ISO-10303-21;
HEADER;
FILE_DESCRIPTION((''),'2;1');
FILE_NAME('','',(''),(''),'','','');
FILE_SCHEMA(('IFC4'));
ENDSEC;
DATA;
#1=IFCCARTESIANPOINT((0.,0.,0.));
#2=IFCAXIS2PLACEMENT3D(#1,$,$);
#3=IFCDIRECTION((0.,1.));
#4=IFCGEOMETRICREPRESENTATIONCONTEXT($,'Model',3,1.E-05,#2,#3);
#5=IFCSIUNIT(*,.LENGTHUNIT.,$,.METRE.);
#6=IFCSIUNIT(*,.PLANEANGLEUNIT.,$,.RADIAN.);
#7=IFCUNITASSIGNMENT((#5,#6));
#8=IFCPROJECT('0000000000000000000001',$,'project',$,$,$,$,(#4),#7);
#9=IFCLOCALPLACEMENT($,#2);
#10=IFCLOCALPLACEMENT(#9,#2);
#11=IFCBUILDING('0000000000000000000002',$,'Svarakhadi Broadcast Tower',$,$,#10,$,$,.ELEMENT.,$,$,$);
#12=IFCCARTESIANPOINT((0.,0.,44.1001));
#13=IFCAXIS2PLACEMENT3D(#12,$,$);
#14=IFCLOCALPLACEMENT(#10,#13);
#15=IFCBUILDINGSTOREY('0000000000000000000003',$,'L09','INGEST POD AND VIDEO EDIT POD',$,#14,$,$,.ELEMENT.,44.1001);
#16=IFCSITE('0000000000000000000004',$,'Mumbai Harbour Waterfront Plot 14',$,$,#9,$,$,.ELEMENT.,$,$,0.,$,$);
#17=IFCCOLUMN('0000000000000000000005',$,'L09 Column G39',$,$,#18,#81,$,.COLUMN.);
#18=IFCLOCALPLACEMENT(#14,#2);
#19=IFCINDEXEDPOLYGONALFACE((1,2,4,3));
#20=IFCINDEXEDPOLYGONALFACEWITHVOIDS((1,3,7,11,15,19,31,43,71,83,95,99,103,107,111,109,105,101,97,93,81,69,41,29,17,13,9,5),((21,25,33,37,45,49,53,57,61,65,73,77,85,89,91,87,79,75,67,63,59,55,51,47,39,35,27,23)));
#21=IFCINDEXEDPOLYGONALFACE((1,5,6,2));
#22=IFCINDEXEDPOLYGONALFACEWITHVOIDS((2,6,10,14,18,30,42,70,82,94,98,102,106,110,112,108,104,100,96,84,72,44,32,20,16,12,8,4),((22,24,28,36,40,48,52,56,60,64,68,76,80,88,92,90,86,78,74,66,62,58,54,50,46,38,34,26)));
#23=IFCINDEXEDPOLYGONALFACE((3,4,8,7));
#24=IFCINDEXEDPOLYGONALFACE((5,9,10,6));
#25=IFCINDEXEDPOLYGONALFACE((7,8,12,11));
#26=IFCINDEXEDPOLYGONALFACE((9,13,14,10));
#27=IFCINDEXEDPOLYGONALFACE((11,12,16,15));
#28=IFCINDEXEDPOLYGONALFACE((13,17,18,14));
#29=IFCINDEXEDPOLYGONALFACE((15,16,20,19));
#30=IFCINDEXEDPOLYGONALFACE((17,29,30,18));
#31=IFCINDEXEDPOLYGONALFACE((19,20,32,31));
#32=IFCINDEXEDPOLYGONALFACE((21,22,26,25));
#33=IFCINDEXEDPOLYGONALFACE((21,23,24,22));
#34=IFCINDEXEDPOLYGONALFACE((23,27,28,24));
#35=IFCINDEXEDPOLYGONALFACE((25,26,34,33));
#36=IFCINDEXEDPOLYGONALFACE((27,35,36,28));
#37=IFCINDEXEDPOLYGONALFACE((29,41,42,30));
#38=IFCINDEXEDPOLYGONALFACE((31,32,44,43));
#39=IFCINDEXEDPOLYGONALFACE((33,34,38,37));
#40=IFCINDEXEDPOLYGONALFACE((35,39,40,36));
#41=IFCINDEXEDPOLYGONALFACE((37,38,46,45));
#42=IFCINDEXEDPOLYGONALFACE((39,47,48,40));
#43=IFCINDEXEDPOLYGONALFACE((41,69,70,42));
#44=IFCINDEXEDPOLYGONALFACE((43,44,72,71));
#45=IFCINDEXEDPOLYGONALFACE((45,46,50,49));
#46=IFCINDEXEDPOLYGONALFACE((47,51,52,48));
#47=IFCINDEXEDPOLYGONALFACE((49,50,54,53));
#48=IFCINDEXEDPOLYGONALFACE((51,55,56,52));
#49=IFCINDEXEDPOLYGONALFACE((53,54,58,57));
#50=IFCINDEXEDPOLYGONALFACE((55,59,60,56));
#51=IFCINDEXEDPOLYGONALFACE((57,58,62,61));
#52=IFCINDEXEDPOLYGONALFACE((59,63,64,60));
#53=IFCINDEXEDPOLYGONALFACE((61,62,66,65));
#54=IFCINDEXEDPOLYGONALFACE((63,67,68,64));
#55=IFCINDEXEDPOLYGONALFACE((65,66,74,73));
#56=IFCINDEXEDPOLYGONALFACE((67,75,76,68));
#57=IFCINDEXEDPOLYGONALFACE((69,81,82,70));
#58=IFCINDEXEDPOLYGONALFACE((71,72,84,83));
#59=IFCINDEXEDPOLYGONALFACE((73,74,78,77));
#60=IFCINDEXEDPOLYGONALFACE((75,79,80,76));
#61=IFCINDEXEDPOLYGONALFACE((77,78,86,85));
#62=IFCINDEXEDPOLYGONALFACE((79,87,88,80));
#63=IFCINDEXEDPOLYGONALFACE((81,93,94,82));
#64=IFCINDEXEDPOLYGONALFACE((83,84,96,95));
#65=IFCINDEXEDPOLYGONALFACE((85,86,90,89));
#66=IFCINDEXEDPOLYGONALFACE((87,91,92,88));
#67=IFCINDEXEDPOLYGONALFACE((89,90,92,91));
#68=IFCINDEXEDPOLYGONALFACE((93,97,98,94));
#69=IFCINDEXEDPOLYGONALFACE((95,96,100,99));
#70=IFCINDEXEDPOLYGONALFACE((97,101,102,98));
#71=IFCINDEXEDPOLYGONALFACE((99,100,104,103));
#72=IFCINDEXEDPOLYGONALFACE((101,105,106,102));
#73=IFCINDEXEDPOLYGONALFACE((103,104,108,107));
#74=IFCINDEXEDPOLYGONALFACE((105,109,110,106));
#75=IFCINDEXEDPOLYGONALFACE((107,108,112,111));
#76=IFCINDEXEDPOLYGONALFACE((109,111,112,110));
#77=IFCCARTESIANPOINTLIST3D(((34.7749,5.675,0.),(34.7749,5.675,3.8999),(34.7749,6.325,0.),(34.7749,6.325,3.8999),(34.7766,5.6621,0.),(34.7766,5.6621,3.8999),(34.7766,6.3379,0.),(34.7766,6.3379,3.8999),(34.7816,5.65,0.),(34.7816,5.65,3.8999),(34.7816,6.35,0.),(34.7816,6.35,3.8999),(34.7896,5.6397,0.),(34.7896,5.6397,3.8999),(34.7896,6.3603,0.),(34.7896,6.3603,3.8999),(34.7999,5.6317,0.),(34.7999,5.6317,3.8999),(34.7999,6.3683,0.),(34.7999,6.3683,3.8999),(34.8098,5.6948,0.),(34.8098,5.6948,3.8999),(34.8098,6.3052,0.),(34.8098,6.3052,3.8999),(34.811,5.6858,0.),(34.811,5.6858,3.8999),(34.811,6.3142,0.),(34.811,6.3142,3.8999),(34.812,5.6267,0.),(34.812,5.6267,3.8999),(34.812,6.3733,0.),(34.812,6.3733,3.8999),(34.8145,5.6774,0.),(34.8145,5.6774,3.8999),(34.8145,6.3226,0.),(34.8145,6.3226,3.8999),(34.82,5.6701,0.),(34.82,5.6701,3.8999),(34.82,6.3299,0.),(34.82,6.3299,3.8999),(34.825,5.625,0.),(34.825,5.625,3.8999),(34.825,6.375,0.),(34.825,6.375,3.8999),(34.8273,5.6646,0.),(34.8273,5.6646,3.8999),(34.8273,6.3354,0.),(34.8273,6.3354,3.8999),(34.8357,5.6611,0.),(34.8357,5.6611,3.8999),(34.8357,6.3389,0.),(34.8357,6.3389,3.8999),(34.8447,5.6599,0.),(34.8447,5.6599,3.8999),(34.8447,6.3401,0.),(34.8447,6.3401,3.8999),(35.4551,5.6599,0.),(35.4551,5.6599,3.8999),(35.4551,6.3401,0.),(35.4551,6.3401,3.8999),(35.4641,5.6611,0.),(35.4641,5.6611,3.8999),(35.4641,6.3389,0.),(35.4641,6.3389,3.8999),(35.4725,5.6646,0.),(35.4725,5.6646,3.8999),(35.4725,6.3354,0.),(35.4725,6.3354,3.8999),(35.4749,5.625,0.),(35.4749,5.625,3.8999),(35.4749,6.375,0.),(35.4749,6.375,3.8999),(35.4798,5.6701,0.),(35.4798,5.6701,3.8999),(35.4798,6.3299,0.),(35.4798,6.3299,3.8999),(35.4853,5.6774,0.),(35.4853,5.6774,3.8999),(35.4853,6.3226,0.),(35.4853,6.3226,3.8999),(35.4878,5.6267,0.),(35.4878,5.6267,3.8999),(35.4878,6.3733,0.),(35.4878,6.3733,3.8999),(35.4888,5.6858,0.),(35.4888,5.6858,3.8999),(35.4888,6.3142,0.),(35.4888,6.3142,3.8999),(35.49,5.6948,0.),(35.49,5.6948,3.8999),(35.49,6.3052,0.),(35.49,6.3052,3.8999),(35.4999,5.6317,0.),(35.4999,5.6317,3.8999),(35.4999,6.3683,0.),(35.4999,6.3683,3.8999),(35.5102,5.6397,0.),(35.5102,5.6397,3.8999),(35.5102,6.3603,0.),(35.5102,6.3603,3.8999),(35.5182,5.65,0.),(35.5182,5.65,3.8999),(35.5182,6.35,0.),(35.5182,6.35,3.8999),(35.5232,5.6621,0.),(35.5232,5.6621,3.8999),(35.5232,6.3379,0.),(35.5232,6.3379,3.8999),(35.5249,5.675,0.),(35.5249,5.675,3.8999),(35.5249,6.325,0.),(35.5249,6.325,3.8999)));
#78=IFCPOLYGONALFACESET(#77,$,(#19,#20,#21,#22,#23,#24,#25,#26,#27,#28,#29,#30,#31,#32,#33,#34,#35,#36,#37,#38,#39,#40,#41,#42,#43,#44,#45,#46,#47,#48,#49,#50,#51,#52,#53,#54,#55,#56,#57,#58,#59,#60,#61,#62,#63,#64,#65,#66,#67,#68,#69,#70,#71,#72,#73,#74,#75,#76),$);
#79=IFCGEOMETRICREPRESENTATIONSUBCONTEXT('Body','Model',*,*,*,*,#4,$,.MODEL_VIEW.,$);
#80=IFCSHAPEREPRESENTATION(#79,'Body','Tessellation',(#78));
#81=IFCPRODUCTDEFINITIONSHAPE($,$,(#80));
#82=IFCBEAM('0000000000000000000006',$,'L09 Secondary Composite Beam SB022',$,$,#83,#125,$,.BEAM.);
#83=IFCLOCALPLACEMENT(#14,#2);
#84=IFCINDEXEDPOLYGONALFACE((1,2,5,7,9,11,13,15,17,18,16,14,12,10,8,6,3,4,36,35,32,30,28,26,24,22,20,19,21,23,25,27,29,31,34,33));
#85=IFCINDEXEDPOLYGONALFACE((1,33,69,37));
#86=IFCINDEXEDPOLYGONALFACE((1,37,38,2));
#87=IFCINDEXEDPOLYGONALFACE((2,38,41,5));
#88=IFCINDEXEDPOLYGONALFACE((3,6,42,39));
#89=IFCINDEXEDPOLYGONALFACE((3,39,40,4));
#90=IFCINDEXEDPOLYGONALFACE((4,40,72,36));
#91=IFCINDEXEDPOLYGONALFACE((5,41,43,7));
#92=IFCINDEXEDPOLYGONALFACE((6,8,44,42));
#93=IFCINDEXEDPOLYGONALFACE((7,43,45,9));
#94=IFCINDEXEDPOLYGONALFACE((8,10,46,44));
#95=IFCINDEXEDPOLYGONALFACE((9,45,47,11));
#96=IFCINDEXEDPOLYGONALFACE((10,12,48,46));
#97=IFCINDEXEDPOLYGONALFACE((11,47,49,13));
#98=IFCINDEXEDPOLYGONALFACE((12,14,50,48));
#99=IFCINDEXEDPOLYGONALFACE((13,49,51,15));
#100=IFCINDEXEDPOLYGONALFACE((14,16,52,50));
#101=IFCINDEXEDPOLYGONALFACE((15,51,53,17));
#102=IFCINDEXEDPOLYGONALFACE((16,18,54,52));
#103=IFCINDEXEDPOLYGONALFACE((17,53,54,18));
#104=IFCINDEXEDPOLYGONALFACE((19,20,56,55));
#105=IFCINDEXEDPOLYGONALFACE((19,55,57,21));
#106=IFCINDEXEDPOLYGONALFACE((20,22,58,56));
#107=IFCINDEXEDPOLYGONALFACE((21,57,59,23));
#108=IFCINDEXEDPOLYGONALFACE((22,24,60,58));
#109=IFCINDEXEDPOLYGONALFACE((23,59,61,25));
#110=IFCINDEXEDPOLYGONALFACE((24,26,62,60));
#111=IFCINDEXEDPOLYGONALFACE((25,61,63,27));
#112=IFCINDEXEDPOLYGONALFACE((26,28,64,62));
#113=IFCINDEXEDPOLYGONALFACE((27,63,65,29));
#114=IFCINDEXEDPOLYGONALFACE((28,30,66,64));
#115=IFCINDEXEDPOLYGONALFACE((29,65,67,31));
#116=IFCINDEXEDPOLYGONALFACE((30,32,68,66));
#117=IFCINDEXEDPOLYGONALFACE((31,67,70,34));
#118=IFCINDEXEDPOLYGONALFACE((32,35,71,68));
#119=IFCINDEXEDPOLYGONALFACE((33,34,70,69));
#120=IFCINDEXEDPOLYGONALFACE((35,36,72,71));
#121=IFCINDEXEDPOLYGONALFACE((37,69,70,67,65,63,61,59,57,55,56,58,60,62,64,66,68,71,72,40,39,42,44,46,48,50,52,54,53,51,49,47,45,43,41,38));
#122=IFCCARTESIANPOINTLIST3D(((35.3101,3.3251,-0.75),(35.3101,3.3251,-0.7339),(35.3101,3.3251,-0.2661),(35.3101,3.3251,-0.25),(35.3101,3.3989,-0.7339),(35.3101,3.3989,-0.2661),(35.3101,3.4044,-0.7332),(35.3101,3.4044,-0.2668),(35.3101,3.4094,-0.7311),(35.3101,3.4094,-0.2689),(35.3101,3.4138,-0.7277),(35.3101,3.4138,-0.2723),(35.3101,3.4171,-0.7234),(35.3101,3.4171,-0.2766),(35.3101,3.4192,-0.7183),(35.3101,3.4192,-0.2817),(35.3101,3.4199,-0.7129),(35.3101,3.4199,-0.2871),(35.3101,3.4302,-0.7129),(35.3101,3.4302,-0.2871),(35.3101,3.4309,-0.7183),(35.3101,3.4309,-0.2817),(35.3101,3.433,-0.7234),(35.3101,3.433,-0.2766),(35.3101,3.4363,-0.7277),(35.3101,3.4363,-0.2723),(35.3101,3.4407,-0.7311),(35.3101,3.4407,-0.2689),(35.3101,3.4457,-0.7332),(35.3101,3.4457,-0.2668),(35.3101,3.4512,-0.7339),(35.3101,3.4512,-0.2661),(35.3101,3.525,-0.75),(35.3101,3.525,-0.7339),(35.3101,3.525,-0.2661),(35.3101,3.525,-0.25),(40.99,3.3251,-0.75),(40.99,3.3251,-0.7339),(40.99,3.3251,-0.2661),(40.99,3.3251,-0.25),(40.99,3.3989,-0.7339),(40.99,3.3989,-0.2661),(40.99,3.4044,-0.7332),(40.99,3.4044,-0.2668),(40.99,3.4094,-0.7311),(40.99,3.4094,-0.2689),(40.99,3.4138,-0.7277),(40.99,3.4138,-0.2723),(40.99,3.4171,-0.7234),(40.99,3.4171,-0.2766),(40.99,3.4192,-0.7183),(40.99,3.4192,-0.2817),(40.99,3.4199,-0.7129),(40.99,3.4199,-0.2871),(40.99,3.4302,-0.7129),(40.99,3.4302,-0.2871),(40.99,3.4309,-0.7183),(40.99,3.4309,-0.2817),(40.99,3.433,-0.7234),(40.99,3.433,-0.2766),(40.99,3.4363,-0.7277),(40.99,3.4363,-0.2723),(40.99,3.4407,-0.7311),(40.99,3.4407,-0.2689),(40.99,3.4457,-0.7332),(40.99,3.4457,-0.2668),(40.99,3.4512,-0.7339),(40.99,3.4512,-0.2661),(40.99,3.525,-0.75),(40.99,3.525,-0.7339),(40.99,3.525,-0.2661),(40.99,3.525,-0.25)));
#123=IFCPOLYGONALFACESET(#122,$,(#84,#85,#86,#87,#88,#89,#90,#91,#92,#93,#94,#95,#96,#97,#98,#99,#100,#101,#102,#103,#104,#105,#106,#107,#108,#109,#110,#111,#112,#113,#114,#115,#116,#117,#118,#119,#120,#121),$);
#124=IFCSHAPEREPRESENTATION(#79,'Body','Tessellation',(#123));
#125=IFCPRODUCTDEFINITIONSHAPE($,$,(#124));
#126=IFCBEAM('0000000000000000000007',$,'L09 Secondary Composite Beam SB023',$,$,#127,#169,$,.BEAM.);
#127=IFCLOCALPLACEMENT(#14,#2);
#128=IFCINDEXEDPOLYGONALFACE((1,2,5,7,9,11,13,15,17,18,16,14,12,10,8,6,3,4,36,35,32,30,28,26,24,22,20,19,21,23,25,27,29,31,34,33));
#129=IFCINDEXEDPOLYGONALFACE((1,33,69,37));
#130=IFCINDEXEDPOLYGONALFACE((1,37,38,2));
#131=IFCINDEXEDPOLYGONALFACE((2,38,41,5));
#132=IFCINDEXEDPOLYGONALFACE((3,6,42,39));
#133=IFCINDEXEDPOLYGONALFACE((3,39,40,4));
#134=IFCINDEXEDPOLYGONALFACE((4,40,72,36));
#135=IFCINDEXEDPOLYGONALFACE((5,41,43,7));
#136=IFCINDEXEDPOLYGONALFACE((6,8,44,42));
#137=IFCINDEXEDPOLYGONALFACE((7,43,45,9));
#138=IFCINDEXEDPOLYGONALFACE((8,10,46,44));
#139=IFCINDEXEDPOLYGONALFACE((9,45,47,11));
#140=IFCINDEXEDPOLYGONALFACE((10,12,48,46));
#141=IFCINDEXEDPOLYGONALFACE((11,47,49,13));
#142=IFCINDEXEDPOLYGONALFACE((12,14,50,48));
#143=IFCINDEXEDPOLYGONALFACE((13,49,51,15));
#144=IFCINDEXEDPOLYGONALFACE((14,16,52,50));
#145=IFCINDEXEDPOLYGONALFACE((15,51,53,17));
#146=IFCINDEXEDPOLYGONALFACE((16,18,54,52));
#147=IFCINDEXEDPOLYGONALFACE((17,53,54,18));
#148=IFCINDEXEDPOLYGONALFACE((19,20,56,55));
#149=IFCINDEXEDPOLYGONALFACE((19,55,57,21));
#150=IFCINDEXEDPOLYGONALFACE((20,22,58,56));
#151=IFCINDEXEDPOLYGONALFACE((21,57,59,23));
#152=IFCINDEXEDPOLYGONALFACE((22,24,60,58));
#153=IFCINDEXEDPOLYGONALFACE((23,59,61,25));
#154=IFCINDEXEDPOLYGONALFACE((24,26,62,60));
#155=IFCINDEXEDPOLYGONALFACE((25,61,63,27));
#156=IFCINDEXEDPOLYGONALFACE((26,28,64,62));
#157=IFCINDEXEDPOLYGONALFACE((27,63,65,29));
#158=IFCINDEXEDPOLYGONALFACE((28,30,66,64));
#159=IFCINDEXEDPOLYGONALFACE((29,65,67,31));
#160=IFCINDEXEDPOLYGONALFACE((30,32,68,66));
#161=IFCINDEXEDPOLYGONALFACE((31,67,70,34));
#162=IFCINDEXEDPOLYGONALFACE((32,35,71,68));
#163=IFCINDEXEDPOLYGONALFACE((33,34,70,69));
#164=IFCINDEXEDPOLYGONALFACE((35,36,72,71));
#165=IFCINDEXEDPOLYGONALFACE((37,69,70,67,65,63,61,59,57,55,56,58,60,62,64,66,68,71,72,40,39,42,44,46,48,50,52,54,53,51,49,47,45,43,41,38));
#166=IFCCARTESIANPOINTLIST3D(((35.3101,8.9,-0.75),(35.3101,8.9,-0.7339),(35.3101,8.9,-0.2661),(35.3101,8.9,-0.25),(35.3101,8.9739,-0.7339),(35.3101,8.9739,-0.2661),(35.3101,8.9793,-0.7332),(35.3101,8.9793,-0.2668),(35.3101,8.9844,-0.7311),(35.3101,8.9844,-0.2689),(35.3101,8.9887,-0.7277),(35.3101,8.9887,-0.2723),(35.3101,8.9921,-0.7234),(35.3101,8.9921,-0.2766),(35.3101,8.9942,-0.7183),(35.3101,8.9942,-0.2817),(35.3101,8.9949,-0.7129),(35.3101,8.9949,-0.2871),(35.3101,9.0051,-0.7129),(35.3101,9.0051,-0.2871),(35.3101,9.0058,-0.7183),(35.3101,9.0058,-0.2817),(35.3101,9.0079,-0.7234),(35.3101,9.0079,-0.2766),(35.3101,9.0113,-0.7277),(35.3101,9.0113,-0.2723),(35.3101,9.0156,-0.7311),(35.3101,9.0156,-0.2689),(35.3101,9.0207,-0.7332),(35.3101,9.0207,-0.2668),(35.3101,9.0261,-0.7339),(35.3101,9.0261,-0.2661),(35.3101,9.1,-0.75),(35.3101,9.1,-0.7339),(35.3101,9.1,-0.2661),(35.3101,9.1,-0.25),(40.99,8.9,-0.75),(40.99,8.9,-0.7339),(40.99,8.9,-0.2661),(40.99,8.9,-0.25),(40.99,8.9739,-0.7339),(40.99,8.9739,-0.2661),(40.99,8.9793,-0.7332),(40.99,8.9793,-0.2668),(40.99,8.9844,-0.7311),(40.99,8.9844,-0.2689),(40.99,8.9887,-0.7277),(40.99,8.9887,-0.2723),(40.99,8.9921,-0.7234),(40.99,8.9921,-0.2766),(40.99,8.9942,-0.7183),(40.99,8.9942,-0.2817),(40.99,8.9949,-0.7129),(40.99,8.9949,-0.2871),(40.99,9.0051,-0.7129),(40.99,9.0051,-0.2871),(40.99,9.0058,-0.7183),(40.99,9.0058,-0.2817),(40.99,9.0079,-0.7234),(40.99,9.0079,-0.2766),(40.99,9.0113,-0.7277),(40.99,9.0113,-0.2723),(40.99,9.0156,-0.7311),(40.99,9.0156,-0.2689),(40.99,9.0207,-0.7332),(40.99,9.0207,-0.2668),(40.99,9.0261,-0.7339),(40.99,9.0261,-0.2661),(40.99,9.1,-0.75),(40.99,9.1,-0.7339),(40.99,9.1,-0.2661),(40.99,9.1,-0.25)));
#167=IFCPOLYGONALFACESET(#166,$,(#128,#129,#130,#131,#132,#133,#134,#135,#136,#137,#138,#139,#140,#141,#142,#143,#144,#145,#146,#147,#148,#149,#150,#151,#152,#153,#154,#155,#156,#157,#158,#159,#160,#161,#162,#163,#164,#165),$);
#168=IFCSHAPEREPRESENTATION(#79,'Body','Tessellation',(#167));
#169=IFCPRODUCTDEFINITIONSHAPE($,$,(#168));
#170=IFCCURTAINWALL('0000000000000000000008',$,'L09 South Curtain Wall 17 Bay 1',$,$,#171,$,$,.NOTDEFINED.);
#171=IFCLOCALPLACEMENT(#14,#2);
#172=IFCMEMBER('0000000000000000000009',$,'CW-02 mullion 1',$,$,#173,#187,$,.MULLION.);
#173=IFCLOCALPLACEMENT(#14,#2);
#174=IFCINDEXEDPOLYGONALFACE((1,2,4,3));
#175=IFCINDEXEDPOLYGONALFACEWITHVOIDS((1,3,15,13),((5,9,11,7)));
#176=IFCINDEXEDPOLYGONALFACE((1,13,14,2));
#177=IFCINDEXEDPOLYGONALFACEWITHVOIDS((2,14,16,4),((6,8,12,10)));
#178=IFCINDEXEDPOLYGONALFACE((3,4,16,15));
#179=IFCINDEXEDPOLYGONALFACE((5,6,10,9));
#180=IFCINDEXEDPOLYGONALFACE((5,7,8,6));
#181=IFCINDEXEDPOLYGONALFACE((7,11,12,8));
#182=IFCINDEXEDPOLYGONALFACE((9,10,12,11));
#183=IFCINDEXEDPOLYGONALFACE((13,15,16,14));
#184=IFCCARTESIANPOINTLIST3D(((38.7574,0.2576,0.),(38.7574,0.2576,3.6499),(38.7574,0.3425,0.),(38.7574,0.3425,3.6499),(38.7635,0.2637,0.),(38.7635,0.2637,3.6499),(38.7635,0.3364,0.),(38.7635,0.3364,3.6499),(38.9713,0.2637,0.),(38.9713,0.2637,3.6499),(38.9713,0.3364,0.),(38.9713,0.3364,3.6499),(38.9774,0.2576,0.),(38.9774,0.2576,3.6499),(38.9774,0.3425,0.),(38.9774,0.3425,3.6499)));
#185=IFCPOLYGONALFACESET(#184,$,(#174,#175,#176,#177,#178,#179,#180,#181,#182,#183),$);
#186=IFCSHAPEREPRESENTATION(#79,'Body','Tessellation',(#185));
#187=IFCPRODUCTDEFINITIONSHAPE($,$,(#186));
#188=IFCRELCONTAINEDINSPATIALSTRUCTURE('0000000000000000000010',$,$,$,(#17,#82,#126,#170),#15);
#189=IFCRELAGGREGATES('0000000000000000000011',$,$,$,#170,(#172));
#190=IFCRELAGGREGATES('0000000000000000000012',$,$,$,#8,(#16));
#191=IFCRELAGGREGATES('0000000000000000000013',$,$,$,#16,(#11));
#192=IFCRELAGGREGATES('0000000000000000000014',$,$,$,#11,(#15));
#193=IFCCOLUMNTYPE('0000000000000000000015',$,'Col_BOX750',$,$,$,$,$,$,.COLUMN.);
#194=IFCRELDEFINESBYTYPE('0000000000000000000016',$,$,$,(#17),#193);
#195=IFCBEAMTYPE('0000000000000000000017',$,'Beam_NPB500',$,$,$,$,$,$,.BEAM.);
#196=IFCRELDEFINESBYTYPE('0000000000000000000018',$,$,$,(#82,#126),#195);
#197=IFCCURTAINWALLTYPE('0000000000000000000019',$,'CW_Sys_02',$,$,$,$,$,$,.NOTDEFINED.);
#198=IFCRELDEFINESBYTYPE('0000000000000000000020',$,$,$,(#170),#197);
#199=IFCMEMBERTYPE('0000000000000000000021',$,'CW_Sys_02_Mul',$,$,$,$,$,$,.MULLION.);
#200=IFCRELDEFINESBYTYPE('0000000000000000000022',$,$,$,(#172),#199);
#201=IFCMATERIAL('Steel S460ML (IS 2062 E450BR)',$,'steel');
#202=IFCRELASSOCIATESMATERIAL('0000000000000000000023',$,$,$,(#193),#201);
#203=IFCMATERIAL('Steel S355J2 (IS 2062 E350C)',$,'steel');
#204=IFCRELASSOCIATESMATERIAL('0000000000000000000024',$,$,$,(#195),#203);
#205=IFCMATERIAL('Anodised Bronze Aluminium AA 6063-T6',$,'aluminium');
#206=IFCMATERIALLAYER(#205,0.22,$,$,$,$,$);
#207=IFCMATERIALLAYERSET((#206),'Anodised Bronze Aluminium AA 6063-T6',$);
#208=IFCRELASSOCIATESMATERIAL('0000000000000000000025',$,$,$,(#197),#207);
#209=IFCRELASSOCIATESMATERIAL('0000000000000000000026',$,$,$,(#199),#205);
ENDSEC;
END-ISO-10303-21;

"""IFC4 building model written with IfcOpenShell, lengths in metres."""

from ifc_helpers import new_model, si_unit, direction, frame, origin, origin_2d, place, context, subcontext, project, spatial, hollow_rectangle, i_section, extrude, material, layer, layer_set, material_profile, profile_set, type_object, element, aggregate, save


model = new_model("IFC4")

# Units and contexts
model_context = context("Model", 3, precision=1e-05, world=origin(), true_north=direction((0.0, 1.0)))
body_context = subcontext(model_context, "Body", "Model", "MODEL_VIEW")
ifc_project = project(units=[si_unit("LENGTHUNIT", "METRE"), si_unit("PLANEANGLEUNIT", "RADIAN")], contexts=[model_context])

# Site, building, storey
site_placement = place(None, origin())
site = spatial("IfcSite", under=ifc_project, at=site_placement, Name="Mumbai Harbour Waterfront Plot 14", CompositionType="ELEMENT", RefElevation=0.0)
building_placement = place(site_placement, origin())
building = spatial("IfcBuilding", under=site, at=building_placement, Name="Svarakhadi Broadcast Tower", CompositionType="ELEMENT")
storey_placement = place(building_placement, frame((0.0, 0.0, 44.1001)))
storey = spatial("IfcBuildingStorey", under=building, at=storey_placement, Name="L09", Description="INGEST POD AND VIDEO EDIT POD", CompositionType="ELEMENT", Elevation=44.1001)

# Column
ifc_material_1 = material(Name="Steel S460ML (IS 2062 E450BR)", Category="steel")
ifc_material_profile_1 = material_profile(ifc_material_1, hollow_rectangle(XDim=0.75, YDim=0.75, WallThickness=0.0349, InnerFilletRadius=0.0349, OuterFilletRadius=0.05, at=origin_2d()), Name="BOX 750x750x35")
ifc_profile_set_1 = profile_set([ifc_material_profile_1], Name="Steel S460ML (IS 2062 E450BR)")
column_type = type_object("IfcColumnType", Name="Col_BOX750", PredefinedType="COLUMN", material=ifc_profile_set_1)
column_placement = place(storey_placement, frame((35.1499, 6.0, 0.0), z_axis=(0.0, 0.0, 1.0), x_axis=(1.0, 0.0, 0.0)))
element("IfcColumn", 1, at=column_placement, inside=storey, type_object=column_type, Name="L09 Column G39", PredefinedType="COLUMN", context=body_context, shape_type="SweptSolid", body=[
    extrude(hollow_rectangle(XDim=0.75, YDim=0.75, WallThickness=0.0349, InnerFilletRadius=0.0349, OuterFilletRadius=0.05, at=origin_2d()), origin(), (0.0, 0.0, 1.0), 3.8999),
])

# Beams
ifc_material_2 = material(Name="Steel S355J2 (IS 2062 E350C)", Category="steel")
ifc_material_profile_2 = material_profile(ifc_material_2, i_section(OverallWidth=0.2, OverallDepth=0.5, WebThickness=0.0103, FlangeThickness=0.0161, FilletRadius=0.021, at=origin_2d()), Name="NPB 500x200x91")
ifc_profile_set_2 = profile_set([ifc_material_profile_2], Name="Steel S355J2 (IS 2062 E350C)")
beam_type_1 = type_object("IfcBeamType", Name="Beam_NPB500", PredefinedType="BEAM", material=ifc_profile_set_2)
for number, where, z_axis, x_axis, name in (
    (2, (35.3101, 3.425, -0.5), (1.0, 0.0, 0.0), (0.0, 1.0, 0.0), "L09 Secondary Composite Beam SB022"),
    (3, (35.3101, 9.0, -0.5), (1.0, 0.0, 0.0), (0.0, 1.0, 0.0), "L09 Secondary Composite Beam SB023"),
):
    element("IfcBeam", number, at=place(storey_placement, frame(where, z_axis=z_axis, x_axis=x_axis)), inside=storey, type_object=beam_type_1, Name=name, PredefinedType="BEAM", context=body_context, shape_type="SweptSolid", body=[
        extrude(i_section(OverallWidth=0.2, OverallDepth=0.5, WebThickness=0.0103, FlangeThickness=0.0161, FilletRadius=0.021, at=origin_2d()), origin(), (0.0, 0.0, 1.0), 5.6799),
    ])

# Curtain wall, member
ifc_material_3 = material(Name="Anodised Bronze Aluminium AA 6063-T6", Category="aluminium")
ifc_layer_1 = layer(ifc_material_3, 0.22)
ifc_layer_set_1 = layer_set([ifc_layer_1], Name="Anodised Bronze Aluminium AA 6063-T6")
curtain_wall_type = type_object("IfcCurtainWallType", Name="CW_Sys_02", PredefinedType="NOTDEFINED", material=ifc_layer_set_1)
curtain_wall_placement = place(storey_placement, origin())
curtain_wall = element("IfcCurtainWall", 4, at=curtain_wall_placement, inside=storey, type_object=curtain_wall_type, Name="L09 South Curtain Wall 17 Bay 1", PredefinedType="NOTDEFINED")
ifc_material_profile_3 = material_profile(ifc_material_3, hollow_rectangle(XDim=0.085, YDim=0.22, WallThickness=0.0061, at=origin_2d()), Name="ALU MULLION 220x85x6")
ifc_profile_set_3 = profile_set([ifc_material_profile_3], Name="Anodised Bronze Aluminium AA 6063-T6")
member_type_1 = type_object("IfcMemberType", Name="CW_Sys_02_Mul", PredefinedType="MULLION", material=ifc_profile_set_3)
member_1_placement = place(storey_placement, frame((38.8674, 0.3, 0.0), z_axis=(0.0, 0.0, 1.0), x_axis=(0.0, -1.0, 0.0)))
member_1 = element("IfcMember", 5, at=member_1_placement, type_object=member_type_1, Name="CW-02 mullion 1", PredefinedType="MULLION", context=body_context, shape_type="SweptSolid", body=[
    extrude(hollow_rectangle(XDim=0.085, YDim=0.22, WallThickness=0.0061, at=origin_2d()), origin(), (0.0, 0.0, 1.0), 3.6499),
])

aggregate(curtain_wall, [member_1])

save(model, "model.ifc")
